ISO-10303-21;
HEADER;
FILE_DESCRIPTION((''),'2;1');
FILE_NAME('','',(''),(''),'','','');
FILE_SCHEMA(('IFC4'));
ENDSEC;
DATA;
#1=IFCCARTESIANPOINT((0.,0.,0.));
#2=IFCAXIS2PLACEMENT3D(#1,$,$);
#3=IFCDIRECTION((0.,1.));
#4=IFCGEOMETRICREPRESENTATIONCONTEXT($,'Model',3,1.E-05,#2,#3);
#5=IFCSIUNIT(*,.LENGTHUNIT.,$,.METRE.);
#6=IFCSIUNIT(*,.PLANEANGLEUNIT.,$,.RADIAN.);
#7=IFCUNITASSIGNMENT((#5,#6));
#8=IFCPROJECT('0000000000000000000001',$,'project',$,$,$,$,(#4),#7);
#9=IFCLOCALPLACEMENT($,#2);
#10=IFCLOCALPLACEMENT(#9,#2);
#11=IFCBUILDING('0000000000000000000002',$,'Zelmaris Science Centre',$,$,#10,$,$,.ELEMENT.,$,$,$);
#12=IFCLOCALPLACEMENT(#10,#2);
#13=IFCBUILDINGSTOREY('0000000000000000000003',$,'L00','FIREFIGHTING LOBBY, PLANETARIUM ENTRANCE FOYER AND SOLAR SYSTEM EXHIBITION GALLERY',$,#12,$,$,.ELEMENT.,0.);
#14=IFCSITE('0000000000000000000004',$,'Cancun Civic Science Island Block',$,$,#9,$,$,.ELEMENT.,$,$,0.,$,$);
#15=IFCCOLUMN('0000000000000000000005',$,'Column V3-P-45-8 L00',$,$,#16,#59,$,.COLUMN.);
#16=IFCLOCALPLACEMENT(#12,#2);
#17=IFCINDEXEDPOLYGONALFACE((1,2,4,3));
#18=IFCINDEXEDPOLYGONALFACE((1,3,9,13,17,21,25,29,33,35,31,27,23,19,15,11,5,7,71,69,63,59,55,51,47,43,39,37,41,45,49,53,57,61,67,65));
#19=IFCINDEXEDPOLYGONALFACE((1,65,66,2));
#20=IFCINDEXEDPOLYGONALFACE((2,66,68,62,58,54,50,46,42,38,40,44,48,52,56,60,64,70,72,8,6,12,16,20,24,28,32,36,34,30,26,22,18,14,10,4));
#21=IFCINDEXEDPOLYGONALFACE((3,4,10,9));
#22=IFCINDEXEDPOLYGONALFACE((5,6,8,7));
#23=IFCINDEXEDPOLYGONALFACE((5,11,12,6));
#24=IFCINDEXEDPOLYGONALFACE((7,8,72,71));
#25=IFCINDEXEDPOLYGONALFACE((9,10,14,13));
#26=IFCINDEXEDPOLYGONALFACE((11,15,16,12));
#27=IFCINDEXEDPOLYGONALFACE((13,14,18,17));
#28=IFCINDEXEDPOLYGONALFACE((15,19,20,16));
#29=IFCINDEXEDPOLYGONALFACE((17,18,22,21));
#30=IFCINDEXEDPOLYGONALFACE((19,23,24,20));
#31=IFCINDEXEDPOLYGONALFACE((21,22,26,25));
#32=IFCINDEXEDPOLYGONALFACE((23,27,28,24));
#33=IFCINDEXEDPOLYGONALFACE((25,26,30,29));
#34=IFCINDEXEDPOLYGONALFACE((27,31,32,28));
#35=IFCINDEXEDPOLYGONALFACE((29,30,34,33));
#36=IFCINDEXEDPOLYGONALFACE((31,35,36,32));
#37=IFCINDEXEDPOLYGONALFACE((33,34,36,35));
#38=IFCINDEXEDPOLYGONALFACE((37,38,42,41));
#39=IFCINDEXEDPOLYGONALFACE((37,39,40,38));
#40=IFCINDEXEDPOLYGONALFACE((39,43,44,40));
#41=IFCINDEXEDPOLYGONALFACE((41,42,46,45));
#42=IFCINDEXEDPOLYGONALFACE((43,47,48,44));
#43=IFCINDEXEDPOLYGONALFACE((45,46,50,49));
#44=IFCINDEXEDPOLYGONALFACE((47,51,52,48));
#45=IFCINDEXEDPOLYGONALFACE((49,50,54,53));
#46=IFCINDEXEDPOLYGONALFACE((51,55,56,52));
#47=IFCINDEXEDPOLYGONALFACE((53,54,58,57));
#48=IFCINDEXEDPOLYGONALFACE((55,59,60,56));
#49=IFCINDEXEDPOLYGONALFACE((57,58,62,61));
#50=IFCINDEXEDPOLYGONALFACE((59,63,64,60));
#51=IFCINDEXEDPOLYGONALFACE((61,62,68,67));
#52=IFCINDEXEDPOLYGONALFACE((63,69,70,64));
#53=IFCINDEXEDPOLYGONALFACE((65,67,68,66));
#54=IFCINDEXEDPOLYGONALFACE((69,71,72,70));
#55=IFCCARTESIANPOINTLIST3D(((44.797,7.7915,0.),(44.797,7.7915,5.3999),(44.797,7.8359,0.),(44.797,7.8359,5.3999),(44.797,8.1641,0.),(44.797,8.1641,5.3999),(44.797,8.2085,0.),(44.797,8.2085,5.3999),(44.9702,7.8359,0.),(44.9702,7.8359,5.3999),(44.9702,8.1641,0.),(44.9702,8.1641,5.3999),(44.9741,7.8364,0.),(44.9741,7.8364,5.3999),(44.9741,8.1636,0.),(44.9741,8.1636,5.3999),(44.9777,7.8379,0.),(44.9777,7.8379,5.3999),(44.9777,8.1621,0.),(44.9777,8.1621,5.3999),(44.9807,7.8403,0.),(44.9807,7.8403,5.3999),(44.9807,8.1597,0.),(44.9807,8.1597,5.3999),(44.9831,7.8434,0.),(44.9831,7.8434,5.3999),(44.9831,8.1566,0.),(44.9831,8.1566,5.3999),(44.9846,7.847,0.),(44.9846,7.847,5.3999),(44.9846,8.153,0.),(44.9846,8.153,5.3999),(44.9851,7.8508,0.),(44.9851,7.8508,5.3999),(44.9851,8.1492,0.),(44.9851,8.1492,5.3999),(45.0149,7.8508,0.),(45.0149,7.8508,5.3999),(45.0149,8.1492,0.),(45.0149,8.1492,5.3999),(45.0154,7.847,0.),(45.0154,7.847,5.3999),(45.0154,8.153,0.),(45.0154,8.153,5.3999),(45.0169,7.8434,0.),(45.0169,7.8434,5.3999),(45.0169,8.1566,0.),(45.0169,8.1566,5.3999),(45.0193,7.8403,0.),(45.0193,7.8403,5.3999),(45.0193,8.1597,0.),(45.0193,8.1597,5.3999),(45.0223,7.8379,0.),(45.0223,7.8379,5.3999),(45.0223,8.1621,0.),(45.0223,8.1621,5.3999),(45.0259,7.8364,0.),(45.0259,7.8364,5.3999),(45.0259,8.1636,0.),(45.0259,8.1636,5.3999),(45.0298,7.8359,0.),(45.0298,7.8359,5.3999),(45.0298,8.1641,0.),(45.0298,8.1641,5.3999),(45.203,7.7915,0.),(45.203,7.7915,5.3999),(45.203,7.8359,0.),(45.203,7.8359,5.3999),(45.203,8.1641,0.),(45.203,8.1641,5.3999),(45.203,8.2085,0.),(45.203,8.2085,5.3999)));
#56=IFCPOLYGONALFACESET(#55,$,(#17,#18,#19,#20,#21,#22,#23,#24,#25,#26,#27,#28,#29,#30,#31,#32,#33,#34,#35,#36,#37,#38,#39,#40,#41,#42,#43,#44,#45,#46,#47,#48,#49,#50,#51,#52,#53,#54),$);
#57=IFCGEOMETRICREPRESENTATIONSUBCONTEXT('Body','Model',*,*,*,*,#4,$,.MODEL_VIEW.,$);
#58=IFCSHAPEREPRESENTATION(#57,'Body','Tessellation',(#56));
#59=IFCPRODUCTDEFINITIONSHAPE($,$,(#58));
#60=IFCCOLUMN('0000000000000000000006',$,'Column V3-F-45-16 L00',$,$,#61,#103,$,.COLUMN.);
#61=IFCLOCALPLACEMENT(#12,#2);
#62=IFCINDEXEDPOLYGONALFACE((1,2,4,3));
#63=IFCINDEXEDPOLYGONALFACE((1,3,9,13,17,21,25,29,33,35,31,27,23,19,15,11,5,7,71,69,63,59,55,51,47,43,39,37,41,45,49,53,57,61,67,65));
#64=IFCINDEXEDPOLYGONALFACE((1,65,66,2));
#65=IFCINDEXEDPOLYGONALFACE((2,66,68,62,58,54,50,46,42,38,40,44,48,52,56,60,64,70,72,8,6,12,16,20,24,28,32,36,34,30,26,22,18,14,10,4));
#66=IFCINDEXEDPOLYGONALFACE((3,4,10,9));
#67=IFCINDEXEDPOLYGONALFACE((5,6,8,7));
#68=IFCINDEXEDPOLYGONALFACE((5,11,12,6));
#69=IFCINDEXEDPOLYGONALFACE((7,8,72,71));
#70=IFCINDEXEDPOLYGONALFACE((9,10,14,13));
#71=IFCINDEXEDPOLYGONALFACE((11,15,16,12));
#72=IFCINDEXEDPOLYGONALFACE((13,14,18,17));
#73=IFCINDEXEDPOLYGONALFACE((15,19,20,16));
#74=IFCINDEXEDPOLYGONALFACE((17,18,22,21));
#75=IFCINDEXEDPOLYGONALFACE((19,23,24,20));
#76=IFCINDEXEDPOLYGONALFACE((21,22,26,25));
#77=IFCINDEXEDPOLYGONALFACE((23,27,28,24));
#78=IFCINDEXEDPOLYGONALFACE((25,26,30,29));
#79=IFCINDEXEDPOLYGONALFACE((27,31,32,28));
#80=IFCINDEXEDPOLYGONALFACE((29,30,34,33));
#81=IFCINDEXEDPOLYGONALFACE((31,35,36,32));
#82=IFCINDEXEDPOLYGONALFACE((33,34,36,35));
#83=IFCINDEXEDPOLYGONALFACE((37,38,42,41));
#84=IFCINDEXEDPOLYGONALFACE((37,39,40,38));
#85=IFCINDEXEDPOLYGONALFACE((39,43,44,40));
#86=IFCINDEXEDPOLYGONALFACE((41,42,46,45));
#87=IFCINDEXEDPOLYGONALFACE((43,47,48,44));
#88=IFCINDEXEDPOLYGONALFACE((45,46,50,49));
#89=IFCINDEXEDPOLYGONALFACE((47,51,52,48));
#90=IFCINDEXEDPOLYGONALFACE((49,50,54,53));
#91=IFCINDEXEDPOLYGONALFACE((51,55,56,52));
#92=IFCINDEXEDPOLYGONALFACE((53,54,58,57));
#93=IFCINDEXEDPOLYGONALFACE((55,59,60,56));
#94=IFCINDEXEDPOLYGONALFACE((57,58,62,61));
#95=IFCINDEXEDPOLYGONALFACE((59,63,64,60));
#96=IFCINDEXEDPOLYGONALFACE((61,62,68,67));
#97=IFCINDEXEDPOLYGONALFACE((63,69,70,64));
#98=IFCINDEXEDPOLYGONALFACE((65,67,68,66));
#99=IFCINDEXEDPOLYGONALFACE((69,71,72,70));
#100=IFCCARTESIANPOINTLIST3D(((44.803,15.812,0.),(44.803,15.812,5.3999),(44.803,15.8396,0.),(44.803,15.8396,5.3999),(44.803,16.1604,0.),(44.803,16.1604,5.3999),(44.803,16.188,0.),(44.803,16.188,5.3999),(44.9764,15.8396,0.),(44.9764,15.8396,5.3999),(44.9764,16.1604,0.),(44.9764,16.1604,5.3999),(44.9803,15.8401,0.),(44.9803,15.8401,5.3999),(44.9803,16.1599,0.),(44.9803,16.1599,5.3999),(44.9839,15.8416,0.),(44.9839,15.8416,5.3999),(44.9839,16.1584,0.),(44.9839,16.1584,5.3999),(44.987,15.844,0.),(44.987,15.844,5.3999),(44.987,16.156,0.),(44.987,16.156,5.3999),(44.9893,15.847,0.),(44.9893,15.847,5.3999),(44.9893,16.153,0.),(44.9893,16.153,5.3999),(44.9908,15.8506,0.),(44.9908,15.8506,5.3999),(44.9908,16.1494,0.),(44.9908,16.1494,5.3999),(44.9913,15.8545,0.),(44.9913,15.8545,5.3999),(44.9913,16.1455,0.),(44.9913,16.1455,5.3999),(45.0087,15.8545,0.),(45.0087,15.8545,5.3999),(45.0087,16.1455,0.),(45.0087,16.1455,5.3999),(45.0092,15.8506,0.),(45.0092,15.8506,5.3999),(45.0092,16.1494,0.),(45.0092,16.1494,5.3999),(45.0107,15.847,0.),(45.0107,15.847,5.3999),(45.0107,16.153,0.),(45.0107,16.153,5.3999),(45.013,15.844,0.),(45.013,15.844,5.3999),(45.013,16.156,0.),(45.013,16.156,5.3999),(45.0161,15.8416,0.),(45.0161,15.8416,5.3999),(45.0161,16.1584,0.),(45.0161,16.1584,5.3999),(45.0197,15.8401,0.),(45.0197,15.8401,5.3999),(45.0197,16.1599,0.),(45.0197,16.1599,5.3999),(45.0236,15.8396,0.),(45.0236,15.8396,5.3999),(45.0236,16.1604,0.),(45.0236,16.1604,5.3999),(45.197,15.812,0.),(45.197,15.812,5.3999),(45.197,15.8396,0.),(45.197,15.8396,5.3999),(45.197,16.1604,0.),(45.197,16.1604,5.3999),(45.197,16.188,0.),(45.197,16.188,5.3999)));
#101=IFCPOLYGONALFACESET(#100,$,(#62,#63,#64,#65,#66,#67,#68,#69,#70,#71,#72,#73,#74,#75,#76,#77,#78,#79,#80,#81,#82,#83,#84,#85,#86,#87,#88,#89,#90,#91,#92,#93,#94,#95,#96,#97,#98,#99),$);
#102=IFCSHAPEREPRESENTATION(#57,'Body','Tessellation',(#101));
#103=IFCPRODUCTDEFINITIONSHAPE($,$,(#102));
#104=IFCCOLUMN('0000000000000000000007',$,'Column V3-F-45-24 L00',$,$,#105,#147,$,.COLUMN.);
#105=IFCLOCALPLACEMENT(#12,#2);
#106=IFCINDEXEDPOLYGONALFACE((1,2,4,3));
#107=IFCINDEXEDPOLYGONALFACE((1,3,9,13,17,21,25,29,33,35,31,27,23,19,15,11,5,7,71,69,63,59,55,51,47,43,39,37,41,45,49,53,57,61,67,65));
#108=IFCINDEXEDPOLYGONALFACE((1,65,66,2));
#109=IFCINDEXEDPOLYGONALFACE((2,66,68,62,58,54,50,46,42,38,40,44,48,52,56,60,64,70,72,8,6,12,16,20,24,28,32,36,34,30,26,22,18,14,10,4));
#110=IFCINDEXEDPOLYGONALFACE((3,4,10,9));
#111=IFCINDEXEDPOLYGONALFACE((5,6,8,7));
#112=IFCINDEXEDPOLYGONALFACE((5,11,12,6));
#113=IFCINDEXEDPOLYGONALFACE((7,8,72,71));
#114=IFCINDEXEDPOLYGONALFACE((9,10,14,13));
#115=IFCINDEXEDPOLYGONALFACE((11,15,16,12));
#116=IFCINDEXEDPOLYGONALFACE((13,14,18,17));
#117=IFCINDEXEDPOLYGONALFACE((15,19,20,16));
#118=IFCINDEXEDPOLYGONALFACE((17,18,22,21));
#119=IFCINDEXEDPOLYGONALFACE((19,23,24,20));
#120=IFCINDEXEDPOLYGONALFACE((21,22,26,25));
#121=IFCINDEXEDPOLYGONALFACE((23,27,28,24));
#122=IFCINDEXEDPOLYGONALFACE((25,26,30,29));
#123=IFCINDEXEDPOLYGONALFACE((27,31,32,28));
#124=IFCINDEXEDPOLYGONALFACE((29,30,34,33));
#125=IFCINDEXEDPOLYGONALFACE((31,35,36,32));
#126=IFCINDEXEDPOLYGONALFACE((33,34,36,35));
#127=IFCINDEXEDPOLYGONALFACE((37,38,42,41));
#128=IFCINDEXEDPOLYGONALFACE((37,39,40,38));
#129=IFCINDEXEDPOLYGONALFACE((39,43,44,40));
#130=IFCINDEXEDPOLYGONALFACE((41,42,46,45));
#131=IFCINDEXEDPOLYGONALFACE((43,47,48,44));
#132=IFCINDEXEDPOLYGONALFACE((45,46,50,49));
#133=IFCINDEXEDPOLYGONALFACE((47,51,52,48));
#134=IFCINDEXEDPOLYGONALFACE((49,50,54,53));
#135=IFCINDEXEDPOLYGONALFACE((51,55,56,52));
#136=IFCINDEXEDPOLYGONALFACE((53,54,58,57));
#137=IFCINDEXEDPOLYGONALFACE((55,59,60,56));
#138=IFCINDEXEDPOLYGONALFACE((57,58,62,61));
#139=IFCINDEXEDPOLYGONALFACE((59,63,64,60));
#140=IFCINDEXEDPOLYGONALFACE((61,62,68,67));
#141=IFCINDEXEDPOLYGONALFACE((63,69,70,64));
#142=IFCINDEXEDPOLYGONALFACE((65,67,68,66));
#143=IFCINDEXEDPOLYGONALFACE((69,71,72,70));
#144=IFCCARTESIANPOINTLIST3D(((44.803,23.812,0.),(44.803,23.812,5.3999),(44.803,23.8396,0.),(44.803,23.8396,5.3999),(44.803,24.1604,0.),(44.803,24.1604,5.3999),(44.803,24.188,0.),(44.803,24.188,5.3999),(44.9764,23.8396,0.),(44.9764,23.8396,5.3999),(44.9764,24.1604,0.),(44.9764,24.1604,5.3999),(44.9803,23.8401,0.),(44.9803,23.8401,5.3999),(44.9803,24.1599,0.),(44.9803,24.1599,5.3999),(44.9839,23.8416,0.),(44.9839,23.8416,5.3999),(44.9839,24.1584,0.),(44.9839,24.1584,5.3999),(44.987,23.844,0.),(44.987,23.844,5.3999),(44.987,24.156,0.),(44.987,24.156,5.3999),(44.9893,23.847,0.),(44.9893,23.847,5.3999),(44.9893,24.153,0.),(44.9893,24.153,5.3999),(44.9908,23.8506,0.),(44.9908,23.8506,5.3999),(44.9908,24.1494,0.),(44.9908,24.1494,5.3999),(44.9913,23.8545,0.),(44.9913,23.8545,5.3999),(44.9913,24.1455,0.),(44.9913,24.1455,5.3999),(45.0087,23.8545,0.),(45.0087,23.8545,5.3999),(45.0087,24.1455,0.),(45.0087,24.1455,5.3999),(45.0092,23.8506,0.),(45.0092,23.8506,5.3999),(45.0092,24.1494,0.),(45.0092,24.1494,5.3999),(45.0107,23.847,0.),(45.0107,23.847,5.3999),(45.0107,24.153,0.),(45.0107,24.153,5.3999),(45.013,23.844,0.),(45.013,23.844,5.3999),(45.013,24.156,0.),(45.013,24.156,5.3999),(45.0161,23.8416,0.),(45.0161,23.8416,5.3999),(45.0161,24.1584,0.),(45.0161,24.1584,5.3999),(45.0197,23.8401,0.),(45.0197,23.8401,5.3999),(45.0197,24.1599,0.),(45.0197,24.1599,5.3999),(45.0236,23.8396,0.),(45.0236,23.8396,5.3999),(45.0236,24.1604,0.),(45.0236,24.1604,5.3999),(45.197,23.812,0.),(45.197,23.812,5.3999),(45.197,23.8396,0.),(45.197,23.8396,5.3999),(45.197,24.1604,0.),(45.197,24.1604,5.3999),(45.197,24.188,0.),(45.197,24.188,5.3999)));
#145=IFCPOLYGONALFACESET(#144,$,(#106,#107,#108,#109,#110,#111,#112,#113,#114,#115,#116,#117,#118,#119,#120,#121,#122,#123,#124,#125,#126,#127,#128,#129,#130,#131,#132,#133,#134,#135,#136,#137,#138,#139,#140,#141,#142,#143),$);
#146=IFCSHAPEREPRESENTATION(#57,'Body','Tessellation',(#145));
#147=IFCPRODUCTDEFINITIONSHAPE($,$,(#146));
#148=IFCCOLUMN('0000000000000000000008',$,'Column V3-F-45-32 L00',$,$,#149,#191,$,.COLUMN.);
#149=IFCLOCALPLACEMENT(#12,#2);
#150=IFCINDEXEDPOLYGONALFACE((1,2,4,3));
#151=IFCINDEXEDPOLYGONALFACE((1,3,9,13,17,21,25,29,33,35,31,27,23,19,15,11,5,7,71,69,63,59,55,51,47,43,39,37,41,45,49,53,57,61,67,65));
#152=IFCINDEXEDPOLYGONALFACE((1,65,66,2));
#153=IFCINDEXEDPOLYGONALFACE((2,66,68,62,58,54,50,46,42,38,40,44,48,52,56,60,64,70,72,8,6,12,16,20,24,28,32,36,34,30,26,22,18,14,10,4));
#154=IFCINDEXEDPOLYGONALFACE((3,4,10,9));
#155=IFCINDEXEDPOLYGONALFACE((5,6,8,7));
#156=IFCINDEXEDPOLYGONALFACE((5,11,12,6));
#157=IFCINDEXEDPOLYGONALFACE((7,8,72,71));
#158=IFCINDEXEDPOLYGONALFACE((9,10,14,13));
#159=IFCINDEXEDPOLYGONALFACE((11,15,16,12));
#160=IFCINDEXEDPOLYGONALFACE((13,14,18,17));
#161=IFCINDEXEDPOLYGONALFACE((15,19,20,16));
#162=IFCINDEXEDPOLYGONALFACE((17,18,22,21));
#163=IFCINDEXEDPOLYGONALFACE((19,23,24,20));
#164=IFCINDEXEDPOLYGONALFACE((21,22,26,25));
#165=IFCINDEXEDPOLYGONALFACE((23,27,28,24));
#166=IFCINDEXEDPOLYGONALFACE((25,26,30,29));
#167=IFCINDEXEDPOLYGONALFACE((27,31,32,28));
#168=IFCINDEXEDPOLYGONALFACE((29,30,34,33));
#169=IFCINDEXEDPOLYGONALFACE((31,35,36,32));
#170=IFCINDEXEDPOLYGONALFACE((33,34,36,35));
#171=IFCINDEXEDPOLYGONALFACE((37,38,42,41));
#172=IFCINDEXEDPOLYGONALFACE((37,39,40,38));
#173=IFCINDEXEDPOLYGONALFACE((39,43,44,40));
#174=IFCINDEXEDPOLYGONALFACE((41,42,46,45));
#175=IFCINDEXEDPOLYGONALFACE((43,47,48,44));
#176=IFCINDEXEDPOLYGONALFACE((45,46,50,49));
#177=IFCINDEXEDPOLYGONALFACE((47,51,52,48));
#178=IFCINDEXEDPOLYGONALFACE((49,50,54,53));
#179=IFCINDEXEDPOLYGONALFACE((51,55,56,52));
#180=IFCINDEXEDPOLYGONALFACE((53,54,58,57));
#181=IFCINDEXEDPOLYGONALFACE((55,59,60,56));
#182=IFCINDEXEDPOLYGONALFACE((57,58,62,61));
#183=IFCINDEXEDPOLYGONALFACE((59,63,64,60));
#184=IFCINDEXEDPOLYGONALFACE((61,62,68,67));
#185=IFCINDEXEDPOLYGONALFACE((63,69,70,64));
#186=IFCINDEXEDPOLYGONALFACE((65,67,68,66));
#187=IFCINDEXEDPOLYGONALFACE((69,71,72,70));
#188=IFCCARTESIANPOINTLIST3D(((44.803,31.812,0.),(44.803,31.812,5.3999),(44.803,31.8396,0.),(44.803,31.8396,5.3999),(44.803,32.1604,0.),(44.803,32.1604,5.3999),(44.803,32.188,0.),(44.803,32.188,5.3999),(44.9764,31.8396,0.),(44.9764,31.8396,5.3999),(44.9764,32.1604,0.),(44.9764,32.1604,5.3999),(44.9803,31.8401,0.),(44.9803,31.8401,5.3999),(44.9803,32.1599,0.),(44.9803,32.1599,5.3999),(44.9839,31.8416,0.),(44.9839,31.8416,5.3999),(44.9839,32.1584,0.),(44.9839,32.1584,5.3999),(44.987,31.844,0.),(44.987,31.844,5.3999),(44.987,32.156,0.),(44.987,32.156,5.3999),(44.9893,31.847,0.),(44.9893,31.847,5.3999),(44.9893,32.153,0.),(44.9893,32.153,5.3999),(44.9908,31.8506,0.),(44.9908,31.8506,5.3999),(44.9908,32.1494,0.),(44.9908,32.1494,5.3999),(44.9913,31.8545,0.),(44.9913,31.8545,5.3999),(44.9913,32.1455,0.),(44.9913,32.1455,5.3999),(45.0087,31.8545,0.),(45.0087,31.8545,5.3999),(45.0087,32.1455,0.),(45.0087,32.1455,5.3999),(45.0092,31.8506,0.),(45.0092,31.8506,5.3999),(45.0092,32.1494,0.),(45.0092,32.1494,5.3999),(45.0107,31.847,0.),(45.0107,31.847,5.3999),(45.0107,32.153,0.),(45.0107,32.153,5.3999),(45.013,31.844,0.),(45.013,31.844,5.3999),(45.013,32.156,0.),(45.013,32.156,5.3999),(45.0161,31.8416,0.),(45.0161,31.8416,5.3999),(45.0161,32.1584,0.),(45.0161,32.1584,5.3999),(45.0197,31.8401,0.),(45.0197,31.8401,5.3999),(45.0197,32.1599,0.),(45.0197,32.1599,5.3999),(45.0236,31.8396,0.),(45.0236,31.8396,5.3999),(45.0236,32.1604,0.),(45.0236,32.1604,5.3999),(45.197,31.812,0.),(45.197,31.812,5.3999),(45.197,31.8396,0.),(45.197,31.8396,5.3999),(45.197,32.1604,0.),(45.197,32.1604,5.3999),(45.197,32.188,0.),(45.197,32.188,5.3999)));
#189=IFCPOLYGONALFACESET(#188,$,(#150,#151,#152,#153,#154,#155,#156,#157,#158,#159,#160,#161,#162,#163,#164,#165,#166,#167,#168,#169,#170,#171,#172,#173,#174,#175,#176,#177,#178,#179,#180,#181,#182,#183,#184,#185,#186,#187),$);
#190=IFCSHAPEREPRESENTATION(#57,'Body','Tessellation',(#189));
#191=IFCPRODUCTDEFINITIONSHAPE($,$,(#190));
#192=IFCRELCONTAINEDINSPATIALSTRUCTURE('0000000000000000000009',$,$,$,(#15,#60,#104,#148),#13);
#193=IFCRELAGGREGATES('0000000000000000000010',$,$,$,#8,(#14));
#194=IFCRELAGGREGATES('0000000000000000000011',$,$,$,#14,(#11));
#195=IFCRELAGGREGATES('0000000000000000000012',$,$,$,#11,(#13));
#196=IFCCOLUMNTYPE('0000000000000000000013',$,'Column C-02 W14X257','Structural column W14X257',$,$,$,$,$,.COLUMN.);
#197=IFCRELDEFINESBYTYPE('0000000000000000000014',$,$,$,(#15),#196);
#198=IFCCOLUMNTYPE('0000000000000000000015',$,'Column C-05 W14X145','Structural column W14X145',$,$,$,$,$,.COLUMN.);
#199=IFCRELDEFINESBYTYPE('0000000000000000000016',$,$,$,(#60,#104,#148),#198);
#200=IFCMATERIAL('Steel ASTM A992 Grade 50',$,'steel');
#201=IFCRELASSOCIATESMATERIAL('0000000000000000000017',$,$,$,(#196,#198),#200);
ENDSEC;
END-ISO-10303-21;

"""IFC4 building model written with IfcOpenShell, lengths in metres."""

from ifc_helpers import new_model, si_unit, direction, frame, origin, origin_2d, place, context, subcontext, project, spatial, i_section, extrude, material, material_profile, profile_set, type_object, element, save


model = new_model("IFC4")

# Units and contexts
model_context = context("Model", 3, precision=1e-05, world=origin(), true_north=direction((0.0, 1.0)))
body_context = subcontext(model_context, "Body", "Model", "MODEL_VIEW")
ifc_project = project(units=[si_unit("LENGTHUNIT", "METRE"), si_unit("PLANEANGLEUNIT", "RADIAN")], contexts=[model_context])

# Site, building, storey
site_placement = place(None, origin())
site = spatial("IfcSite", under=ifc_project, at=site_placement, Name="Cancun Civic Science Island Block", CompositionType="ELEMENT", RefElevation=0.0)
building_placement = place(site_placement, origin())
building = spatial("IfcBuilding", under=site, at=building_placement, Name="Zelmaris Science Centre", CompositionType="ELEMENT")
storey_placement = place(building_placement, origin())
storey = spatial("IfcBuildingStorey", under=building, at=storey_placement, Name="L00", Description="FIREFIGHTING LOBBY, PLANETARIUM ENTRANCE FOYER AND SOLAR SYSTEM EXHIBITION GALLERY", CompositionType="ELEMENT", Elevation=0.0)

# Columns
ifc_material_1 = material(Name="Steel ASTM A992 Grade 50", Category="steel")
ifc_material_profile_1 = material_profile(ifc_material_1, i_section(OverallWidth=0.406, OverallDepth=0.417, WebThickness=0.0298, FlangeThickness=0.0444, FilletRadius=0.0149, at=origin_2d()), Name="W14X257")
ifc_profile_set_1 = profile_set([ifc_material_profile_1], Name="Steel ASTM A992 Grade 50")
column_type_1 = type_object("IfcColumnType", Name="Column C-02 W14X257", Description="Structural column W14X257", PredefinedType="COLUMN", material=ifc_profile_set_1)
column_placement = place(storey_placement, frame((45.0, 8.0, 0.0), z_axis=(0.0, 0.0, 1.0), x_axis=(1.0, 0.0, 0.0)))
element("IfcColumn", 1, at=column_placement, inside=storey, type_object=column_type_1, Name="Column V3-P-45-8 L00", PredefinedType="COLUMN", context=body_context, shape_type="SweptSolid", body=[
    extrude(i_section(OverallWidth=0.406, OverallDepth=0.417, WebThickness=0.0298, FlangeThickness=0.0444, FilletRadius=0.0149, at=origin_2d()), origin(), (0.0, 0.0, 1.0), 5.3999),
])
ifc_material_profile_2 = material_profile(ifc_material_1, i_section(OverallWidth=0.394, OverallDepth=0.376, WebThickness=0.0173, FlangeThickness=0.0276, FilletRadius=0.0149, at=origin_2d()), Name="W14X145")
ifc_profile_set_2 = profile_set([ifc_material_profile_2], Name="Steel ASTM A992 Grade 50")
column_type_2 = type_object("IfcColumnType", Name="Column C-05 W14X145", Description="Structural column W14X145", PredefinedType="COLUMN", material=ifc_profile_set_2)
for number, where, z_axis, x_axis, name in (
    (2, (45.0, 16.0, 0.0), (0.0, 0.0, 1.0), (1.0, 0.0, 0.0), "Column V3-F-45-16 L00"),
    (3, (45.0, 24.0, 0.0), (0.0, 0.0, 1.0), (1.0, 0.0, 0.0), "Column V3-F-45-24 L00"),
    (4, (45.0, 32.0, 0.0), (0.0, 0.0, 1.0), (1.0, 0.0, 0.0), "Column V3-F-45-32 L00"),
):
    element("IfcColumn", number, at=place(storey_placement, frame(where, z_axis=z_axis, x_axis=x_axis)), inside=storey, type_object=column_type_2, Name=name, PredefinedType="COLUMN", context=body_context, shape_type="SweptSolid", body=[
        extrude(i_section(OverallWidth=0.394, OverallDepth=0.376, WebThickness=0.0173, FlangeThickness=0.0276, FilletRadius=0.0149, at=origin_2d()), origin(), (0.0, 0.0, 1.0), 5.3999),
    ])

save(model, "model.ifc")
